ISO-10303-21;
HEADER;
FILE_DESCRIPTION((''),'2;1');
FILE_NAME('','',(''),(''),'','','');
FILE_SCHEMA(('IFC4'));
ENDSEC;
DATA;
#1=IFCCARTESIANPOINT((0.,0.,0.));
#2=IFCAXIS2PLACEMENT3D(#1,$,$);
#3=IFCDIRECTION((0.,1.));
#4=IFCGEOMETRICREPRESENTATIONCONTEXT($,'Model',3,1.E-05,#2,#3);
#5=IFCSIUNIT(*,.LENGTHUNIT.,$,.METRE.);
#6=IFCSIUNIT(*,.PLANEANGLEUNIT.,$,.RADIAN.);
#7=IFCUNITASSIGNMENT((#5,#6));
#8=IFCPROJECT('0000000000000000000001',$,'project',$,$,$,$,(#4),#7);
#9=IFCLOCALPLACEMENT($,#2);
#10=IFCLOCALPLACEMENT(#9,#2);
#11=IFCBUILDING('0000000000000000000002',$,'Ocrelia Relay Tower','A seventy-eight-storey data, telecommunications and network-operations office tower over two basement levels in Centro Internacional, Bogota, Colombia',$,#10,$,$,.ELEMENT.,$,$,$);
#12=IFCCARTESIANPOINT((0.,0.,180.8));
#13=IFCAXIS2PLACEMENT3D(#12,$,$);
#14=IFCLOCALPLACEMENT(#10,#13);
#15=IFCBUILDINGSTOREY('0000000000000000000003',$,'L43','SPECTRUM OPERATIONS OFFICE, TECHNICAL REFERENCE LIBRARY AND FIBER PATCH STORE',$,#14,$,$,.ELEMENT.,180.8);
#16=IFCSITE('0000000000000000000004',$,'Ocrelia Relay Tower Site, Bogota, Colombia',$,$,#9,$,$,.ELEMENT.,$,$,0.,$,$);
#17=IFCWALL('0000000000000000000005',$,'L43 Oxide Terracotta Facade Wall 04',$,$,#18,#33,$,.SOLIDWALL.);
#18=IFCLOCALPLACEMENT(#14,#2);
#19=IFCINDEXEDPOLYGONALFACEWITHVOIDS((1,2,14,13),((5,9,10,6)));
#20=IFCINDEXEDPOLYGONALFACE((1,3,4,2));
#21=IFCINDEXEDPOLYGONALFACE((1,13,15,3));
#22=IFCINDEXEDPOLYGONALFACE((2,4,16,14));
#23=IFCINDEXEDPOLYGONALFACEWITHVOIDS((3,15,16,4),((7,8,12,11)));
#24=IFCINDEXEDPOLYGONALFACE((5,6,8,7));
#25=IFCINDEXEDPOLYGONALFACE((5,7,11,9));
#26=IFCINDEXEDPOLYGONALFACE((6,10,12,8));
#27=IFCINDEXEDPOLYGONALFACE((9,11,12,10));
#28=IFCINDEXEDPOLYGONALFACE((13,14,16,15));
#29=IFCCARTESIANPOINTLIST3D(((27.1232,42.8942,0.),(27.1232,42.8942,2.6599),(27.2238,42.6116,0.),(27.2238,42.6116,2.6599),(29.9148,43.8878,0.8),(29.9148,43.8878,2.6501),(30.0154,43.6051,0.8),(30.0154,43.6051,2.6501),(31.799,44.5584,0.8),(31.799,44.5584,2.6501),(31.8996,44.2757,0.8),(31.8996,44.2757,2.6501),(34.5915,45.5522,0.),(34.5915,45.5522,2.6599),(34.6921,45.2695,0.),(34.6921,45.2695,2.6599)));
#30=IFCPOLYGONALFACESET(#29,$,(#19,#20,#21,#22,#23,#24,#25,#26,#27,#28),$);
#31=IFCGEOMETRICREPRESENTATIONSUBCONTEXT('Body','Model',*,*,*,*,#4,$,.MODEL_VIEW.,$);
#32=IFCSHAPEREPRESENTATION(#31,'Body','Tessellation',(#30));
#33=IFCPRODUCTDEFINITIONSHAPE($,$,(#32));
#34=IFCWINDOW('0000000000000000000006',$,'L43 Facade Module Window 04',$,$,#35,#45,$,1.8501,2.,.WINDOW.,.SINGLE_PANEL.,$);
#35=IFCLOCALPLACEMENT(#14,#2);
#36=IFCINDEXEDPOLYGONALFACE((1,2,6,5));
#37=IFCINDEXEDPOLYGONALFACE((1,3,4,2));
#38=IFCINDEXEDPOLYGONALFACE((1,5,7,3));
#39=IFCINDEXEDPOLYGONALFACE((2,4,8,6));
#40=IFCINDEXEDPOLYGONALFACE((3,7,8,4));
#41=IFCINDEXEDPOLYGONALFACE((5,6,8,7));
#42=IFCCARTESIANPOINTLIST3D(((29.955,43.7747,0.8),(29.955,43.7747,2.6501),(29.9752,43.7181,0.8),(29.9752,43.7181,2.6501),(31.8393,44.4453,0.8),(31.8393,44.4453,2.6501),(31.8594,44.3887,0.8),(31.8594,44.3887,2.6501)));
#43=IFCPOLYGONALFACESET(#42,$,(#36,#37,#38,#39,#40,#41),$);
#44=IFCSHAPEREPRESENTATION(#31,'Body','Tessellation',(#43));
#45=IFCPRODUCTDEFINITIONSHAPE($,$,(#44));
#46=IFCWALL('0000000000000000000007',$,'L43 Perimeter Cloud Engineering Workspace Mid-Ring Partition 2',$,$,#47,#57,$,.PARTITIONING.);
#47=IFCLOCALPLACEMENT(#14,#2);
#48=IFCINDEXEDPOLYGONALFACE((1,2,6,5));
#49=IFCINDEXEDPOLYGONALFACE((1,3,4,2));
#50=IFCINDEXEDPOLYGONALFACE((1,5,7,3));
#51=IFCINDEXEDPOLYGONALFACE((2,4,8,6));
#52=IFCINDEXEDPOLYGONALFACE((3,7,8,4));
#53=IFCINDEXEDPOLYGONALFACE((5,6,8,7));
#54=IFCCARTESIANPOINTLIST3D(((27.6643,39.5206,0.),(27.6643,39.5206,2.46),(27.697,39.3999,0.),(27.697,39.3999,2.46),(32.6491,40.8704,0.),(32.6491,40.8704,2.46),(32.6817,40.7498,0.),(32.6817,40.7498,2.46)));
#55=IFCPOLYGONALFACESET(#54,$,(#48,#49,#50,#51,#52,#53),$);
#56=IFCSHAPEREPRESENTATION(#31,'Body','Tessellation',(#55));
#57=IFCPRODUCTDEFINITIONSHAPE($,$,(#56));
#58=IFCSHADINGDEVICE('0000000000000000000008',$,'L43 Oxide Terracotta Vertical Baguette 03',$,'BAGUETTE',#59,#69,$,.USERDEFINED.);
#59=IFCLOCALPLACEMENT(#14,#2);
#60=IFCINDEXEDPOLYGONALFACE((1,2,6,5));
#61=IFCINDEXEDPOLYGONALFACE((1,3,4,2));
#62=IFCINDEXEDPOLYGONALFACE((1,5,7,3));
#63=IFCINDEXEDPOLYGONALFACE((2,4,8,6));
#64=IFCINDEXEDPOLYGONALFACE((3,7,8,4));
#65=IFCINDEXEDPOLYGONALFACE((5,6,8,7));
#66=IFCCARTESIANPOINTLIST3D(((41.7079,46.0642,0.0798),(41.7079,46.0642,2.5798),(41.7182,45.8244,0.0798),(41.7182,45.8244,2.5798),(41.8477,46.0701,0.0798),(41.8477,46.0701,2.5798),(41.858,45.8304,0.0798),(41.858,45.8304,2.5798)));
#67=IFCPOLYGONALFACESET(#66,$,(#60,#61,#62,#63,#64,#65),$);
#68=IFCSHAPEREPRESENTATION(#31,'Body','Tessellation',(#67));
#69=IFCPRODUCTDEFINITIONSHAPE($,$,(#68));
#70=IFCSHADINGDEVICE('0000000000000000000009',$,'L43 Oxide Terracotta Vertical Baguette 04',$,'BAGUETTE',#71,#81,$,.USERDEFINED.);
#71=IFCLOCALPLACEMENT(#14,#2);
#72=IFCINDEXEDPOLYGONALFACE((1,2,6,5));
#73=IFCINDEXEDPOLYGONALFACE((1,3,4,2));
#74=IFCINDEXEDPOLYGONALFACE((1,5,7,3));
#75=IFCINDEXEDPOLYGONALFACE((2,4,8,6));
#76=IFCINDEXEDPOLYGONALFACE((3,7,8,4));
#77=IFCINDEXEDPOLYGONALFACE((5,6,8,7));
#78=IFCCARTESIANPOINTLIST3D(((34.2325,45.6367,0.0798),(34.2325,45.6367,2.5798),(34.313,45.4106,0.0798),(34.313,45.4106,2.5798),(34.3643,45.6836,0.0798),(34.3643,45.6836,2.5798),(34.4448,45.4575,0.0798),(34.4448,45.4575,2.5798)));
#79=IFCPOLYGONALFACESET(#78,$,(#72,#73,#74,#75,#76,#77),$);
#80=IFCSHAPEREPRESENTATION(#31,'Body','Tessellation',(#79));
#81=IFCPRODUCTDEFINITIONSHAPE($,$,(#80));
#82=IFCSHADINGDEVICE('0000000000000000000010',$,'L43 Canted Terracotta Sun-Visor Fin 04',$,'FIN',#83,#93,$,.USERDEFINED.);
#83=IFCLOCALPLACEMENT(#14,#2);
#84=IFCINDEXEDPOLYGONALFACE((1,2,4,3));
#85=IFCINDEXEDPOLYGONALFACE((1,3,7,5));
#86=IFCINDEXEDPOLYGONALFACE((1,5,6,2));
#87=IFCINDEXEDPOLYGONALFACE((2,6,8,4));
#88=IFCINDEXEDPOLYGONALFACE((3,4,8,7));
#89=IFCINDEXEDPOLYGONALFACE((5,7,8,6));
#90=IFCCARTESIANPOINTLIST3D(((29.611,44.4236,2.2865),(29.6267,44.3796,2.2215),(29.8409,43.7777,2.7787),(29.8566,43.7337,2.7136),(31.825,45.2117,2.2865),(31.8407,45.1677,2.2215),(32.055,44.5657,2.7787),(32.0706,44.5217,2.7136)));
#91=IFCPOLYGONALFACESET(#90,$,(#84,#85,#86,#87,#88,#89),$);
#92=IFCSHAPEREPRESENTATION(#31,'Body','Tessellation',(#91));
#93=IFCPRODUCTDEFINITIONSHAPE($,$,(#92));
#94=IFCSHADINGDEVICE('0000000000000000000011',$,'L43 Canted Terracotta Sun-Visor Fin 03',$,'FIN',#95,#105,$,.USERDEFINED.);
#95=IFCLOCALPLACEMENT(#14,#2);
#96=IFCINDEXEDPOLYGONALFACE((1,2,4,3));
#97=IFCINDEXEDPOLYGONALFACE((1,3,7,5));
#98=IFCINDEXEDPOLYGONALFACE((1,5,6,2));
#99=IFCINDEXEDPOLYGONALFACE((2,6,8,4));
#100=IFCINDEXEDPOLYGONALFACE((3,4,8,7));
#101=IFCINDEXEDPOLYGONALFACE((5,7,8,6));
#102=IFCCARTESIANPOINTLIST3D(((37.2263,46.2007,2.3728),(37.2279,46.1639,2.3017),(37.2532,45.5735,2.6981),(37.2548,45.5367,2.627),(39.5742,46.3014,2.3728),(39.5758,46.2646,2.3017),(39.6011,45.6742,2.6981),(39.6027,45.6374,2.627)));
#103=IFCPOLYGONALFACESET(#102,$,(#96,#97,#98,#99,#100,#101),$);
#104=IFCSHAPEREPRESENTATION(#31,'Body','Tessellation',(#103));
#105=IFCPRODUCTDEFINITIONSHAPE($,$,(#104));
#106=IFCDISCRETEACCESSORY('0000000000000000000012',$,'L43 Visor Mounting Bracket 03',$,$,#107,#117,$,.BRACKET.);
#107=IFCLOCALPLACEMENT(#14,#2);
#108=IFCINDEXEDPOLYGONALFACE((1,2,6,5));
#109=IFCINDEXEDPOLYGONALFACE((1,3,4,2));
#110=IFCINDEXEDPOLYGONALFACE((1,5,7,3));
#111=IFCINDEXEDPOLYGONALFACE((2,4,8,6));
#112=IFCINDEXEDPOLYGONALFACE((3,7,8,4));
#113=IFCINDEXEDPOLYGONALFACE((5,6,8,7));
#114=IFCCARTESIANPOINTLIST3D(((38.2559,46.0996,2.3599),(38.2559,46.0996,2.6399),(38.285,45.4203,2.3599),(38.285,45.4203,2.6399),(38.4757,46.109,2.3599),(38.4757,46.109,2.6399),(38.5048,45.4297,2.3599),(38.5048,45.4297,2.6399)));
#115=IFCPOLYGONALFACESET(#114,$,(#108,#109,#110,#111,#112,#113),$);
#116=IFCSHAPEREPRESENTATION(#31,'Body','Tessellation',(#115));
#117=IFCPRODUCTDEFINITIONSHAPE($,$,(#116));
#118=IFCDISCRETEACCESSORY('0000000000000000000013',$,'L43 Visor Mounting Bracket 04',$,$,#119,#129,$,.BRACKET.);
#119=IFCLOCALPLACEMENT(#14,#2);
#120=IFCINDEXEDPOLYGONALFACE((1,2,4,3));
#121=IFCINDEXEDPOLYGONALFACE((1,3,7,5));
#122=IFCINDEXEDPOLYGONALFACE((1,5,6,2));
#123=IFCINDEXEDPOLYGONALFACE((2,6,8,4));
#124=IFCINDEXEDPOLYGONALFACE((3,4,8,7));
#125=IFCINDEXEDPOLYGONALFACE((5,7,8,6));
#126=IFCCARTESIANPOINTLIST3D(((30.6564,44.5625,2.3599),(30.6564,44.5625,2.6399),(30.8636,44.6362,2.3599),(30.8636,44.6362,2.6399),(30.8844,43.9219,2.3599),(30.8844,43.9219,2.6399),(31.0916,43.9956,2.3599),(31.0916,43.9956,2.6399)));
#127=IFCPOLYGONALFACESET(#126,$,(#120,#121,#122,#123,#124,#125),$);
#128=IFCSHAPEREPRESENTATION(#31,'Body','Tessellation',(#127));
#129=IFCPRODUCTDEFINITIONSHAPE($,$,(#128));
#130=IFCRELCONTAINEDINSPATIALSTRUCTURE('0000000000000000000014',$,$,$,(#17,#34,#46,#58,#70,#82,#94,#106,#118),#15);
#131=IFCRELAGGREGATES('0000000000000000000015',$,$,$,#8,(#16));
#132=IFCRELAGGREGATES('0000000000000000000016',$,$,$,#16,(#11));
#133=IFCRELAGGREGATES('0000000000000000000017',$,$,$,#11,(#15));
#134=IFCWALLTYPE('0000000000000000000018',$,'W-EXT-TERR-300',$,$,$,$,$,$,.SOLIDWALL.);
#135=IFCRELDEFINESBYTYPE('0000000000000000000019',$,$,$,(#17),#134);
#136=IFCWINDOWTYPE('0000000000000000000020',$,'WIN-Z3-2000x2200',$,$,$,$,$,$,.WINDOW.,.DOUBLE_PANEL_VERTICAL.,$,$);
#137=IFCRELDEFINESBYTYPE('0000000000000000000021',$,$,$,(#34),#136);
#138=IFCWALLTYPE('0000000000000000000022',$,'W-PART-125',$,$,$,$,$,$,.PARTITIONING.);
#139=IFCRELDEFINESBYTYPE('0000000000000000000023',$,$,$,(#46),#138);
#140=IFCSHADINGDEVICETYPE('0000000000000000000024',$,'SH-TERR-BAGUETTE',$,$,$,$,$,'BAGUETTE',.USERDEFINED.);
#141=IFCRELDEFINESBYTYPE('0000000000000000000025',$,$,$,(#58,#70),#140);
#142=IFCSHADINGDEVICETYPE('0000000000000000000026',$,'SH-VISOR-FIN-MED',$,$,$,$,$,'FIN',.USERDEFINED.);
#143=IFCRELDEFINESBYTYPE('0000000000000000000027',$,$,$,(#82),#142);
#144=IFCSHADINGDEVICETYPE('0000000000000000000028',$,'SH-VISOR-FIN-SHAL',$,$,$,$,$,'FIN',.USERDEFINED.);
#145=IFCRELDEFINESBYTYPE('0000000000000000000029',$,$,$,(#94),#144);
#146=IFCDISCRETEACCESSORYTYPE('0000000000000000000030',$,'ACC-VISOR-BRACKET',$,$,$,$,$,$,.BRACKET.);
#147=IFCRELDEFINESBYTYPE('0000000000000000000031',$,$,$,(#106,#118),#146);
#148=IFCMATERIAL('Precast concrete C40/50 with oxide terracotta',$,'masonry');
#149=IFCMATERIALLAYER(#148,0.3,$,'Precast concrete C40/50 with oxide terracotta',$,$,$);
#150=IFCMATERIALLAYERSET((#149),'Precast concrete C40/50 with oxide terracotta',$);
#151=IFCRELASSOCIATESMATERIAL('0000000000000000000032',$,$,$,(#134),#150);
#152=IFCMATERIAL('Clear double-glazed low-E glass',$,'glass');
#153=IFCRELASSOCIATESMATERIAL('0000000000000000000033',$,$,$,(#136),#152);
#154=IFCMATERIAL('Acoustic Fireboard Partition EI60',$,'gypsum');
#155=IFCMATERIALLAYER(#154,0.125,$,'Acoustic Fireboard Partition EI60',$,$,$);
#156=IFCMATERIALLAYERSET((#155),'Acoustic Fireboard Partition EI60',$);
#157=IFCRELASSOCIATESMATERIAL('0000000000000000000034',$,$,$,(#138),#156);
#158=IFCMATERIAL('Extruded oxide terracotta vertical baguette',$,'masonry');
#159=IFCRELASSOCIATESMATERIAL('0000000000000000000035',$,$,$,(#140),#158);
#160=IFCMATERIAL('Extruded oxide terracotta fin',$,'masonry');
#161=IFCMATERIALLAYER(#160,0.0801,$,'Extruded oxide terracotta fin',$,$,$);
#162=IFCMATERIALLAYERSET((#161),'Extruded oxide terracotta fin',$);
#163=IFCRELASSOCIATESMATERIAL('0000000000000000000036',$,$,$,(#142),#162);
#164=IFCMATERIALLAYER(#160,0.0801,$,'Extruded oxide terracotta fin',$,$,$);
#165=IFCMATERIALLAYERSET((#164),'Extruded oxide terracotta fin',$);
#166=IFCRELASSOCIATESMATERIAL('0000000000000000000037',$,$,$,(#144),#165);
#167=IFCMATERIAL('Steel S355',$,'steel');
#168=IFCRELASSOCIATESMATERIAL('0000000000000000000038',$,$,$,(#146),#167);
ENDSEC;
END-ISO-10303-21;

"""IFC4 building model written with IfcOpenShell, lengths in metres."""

from ifc_helpers import new_model, si_unit, direction, frame, frame_2d, origin, origin_2d, place, context, subcontext, project, spatial, rectangle, extrude, material, layer, layer_set, type_object, element, fill, save


model = new_model("IFC4")

# Units and contexts
model_context = context("Model", 3, precision=1e-05, world=origin(), true_north=direction((0.0, 1.0)))
body_context = subcontext(model_context, "Body", "Model", "MODEL_VIEW")
ifc_project = project(units=[si_unit("LENGTHUNIT", "METRE"), si_unit("PLANEANGLEUNIT", "RADIAN")], contexts=[model_context])

# Site, building, storey
site_placement = place(None, origin())
site = spatial("IfcSite", under=ifc_project, at=site_placement, Name="Ocrelia Relay Tower Site, Bogota, Colombia", CompositionType="ELEMENT", RefElevation=0.0)
building_placement = place(site_placement, origin())
building = spatial("IfcBuilding", under=site, at=building_placement, Name="Ocrelia Relay Tower", Description="A seventy-eight-storey data, telecommunications and network-operations office tower over two basement levels in Centro Internacional, Bogota, Colombia", CompositionType="ELEMENT")
storey_placement = place(building_placement, frame((0.0, 0.0, 180.8)))
storey = spatial("IfcBuildingStorey", under=building, at=storey_placement, Name="L43", Description="SPECTRUM OPERATIONS OFFICE, TECHNICAL REFERENCE LIBRARY AND FIBER PATCH STORE", CompositionType="ELEMENT", Elevation=180.8)

# Shared definitions
ifc_material_1 = material(Name="Steel S355", Category="steel")

# Wall, opening, window
ifc_material_2 = material(Name="Precast concrete C40/50 with oxide terracotta", Category="masonry")
ifc_layer_1 = layer(ifc_material_2, 0.3, Name="Precast concrete C40/50 with oxide terracotta")
ifc_layer_set_1 = layer_set([ifc_layer_1], Name="Precast concrete C40/50 with oxide terracotta")
wall_type_1 = type_object("IfcWallType", Name="W-EXT-TERR-300", PredefinedType="SOLIDWALL", material=ifc_layer_set_1)
ifc_material_3 = material(Name="Clear double-glazed low-E glass", Category="glass")
window_type = type_object("IfcWindowType", Name="WIN-Z3-2000x2200", PartitioningType="DOUBLE_PANEL_VERTICAL", PredefinedType="WINDOW", material=ifc_material_3)
wall_1_placement = place(storey_placement, frame((34.6418, 45.4109, 0.0), z_axis=(0.0, 0.0, 1.0), x_axis=(-0.942112, -0.335298, 0.0)))
wall_1 = element("IfcWall", 1, at=wall_1_placement, inside=storey, type_object=wall_type_1, Name="L43 Oxide Terracotta Facade Wall 04", PredefinedType="SOLIDWALL", context=body_context, shape_type="SweptSolid", body=[
    extrude(rectangle(XDim=7.9272, YDim=0.3, at=frame_2d((3.9636, 0.0))), origin(), (0.0, 0.0, 1.0), 2.6599),
])
opening_1_placement = place(wall_1_placement, frame((2.9641, 0.0, 0.8)))
opening_1 = element("IfcOpeningElement", 2, at=opening_1_placement, cuts=wall_1, PredefinedType="OPENING", context=body_context, shape_type="SweptSolid", body=[
    extrude(rectangle(XDim=2.0, YDim=1.8501, at=frame_2d((1.0, 0.925))), frame((0.0, 0.1602, 0.0), z_axis=(0.0, -1.0, 0.0), x_axis=(1.0, 0.0, 0.0)), (0.0, 0.0, 1.0), 0.3201),
])
window_1_placement = place(opening_1_placement, origin())
window_1 = element("IfcWindow", 3, at=window_1_placement, inside=storey, type_object=window_type, Name="L43 Facade Module Window 04", OverallHeight=1.8501, OverallWidth=2.0, PartitioningType="SINGLE_PANEL", PredefinedType="WINDOW", context=body_context, shape_type="SweptSolid", body=[
    extrude(rectangle(XDim=2.0, YDim=1.8501, at=frame_2d((1.0, 0.925))), frame((0.0, 0.03, 0.0), z_axis=(0.0, -1.0, 0.0), x_axis=(1.0, 0.0, 0.0)), (0.0, 0.0, 1.0), 0.0601),
])
fill(opening_1, window_1)

# Shared definitions
ifc_material_4 = material(Name="Acoustic Fireboard Partition EI60", Category="gypsum")
ifc_layer_2 = layer(ifc_material_4, 0.125, Name="Acoustic Fireboard Partition EI60")
ifc_layer_set_2 = layer_set([ifc_layer_2], Name="Acoustic Fireboard Partition EI60")
wall_type_2 = type_object("IfcWallType", Name="W-PART-125", PredefinedType="PARTITIONING", material=ifc_layer_set_2)

# Wall
wall_2_placement = place(storey_placement, frame((32.6653, 40.8101, 0.0), z_axis=(0.0, 0.0, 1.0), x_axis=(-0.965237, -0.261377, 0.0)))
element("IfcWall", 4, at=wall_2_placement, inside=storey, type_object=wall_type_2, Name="L43 Perimeter Cloud Engineering Workspace Mid-Ring Partition 2", PredefinedType="PARTITIONING", context=body_context, shape_type="SweptSolid", body=[
    extrude(rectangle(XDim=5.1643, YDim=0.125, at=frame_2d((2.582, 0.0))), origin(), (0.0, 0.0, 1.0), 2.46),
])

# Shading devices
ifc_material_5 = material(Name="Extruded oxide terracotta vertical baguette", Category="masonry")
shading_device_type_1 = type_object("IfcShadingDeviceType", Name="SH-TERR-BAGUETTE", ElementType="BAGUETTE", PredefinedType="USERDEFINED", material=ifc_material_5)
for number, where, z_axis, x_axis, name in (
    (5, (41.783, 45.9473, 0.0798), (0.0, 0.0, 1.0), (-0.999083, -0.042825, 0.0), "L43 Oxide Terracotta Vertical Baguette 03"),
    (6, (34.3386, 45.5471, 0.0798), (0.0, 0.0, 1.0), (-0.942106, -0.335317, 0.0), "L43 Oxide Terracotta Vertical Baguette 04"),
):
    element("IfcShadingDevice", number, at=place(storey_placement, frame(where, z_axis=z_axis, x_axis=x_axis)), inside=storey, type_object=shading_device_type_1, Name=name, ObjectType="BAGUETTE", PredefinedType="USERDEFINED", context=body_context, shape_type="SweptSolid", body=[
        extrude(rectangle(XDim=0.1399, YDim=0.24, at=origin_2d()), origin(), (0.0, 0.0, 1.0), 2.5),
    ])
ifc_material_6 = material(Name="Extruded oxide terracotta fin", Category="masonry")
ifc_layer_3 = layer(ifc_material_6, 0.0801, Name="Extruded oxide terracotta fin")
ifc_layer_set_3 = layer_set([ifc_layer_3], Name="Extruded oxide terracotta fin")
shading_device_type_2 = type_object("IfcShadingDeviceType", Name="SH-VISOR-FIN-MED", ElementType="FIN", PredefinedType="USERDEFINED", material=ifc_layer_set_3)
shading_device_1_placement = place(storey_placement, frame((30.8486, 44.4507, 2.4675), z_axis=(-0.195528, 0.549357, 0.812389), x_axis=(-0.942106, -0.335317, 0.0)))
element("IfcShadingDevice", 7, at=shading_device_1_placement, inside=storey, type_object=shading_device_type_2, Name="L43 Canted Terracotta Sun-Visor Fin 04", ObjectType="FIN", PredefinedType="USERDEFINED", context=body_context, shape_type="SweptSolid", body=[
    extrude(rectangle(XDim=2.3501, YDim=0.844, at=origin_2d()), origin(), (0.0, 0.0, 1.0), 0.0801),
])
ifc_layer_4 = layer(ifc_material_6, 0.0801, Name="Extruded oxide terracotta fin")
ifc_layer_set_4 = layer_set([ifc_layer_4], Name="Extruded oxide terracotta fin")
shading_device_type_3 = type_object("IfcShadingDeviceType", Name="SH-VISOR-FIN-SHAL", ElementType="FIN", PredefinedType="USERDEFINED", material=ifc_layer_set_4)
shading_device_2_placement = place(storey_placement, frame((38.4153, 45.9006, 2.4644), z_axis=(-0.019702, 0.459623, 0.887896), x_axis=(-0.999083, -0.042825, 0.0)))
element("IfcShadingDevice", 8, at=shading_device_2_placement, inside=storey, type_object=shading_device_type_3, Name="L43 Canted Terracotta Sun-Visor Fin 03", ObjectType="FIN", PredefinedType="USERDEFINED", context=body_context, shape_type="SweptSolid", body=[
    extrude(rectangle(XDim=2.3501, YDim=0.707, at=origin_2d()), origin(), (0.0, 0.0, 1.0), 0.0801),
])

# Discrete accessories
discrete_accessory_type = type_object("IfcDiscreteAccessoryType", Name="ACC-VISOR-BRACKET", PredefinedType="BRACKET", material=ifc_material_1)
for number, where, z_axis, x_axis, name in (
    (9, (38.3804, 45.7646, 2.3599), (0.0, 0.0, 1.0), (-0.999083, -0.042825, 0.0), "L43 Visor Mounting Bracket 03"),
    (10, (30.874, 44.2791, 2.3599), (0.0, 0.0, 1.0), (-0.942106, -0.335317, 0.0), "L43 Visor Mounting Bracket 04"),
):
    element("IfcDiscreteAccessory", number, at=place(storey_placement, frame(where, z_axis=z_axis, x_axis=x_axis)), inside=storey, type_object=discrete_accessory_type, Name=name, PredefinedType="BRACKET", context=body_context, shape_type="SweptSolid", body=[
        extrude(rectangle(XDim=0.22, YDim=0.6799, at=origin_2d()), origin(), (0.0, 0.0, 1.0), 0.28),
    ])

save(model, "model.ifc")
